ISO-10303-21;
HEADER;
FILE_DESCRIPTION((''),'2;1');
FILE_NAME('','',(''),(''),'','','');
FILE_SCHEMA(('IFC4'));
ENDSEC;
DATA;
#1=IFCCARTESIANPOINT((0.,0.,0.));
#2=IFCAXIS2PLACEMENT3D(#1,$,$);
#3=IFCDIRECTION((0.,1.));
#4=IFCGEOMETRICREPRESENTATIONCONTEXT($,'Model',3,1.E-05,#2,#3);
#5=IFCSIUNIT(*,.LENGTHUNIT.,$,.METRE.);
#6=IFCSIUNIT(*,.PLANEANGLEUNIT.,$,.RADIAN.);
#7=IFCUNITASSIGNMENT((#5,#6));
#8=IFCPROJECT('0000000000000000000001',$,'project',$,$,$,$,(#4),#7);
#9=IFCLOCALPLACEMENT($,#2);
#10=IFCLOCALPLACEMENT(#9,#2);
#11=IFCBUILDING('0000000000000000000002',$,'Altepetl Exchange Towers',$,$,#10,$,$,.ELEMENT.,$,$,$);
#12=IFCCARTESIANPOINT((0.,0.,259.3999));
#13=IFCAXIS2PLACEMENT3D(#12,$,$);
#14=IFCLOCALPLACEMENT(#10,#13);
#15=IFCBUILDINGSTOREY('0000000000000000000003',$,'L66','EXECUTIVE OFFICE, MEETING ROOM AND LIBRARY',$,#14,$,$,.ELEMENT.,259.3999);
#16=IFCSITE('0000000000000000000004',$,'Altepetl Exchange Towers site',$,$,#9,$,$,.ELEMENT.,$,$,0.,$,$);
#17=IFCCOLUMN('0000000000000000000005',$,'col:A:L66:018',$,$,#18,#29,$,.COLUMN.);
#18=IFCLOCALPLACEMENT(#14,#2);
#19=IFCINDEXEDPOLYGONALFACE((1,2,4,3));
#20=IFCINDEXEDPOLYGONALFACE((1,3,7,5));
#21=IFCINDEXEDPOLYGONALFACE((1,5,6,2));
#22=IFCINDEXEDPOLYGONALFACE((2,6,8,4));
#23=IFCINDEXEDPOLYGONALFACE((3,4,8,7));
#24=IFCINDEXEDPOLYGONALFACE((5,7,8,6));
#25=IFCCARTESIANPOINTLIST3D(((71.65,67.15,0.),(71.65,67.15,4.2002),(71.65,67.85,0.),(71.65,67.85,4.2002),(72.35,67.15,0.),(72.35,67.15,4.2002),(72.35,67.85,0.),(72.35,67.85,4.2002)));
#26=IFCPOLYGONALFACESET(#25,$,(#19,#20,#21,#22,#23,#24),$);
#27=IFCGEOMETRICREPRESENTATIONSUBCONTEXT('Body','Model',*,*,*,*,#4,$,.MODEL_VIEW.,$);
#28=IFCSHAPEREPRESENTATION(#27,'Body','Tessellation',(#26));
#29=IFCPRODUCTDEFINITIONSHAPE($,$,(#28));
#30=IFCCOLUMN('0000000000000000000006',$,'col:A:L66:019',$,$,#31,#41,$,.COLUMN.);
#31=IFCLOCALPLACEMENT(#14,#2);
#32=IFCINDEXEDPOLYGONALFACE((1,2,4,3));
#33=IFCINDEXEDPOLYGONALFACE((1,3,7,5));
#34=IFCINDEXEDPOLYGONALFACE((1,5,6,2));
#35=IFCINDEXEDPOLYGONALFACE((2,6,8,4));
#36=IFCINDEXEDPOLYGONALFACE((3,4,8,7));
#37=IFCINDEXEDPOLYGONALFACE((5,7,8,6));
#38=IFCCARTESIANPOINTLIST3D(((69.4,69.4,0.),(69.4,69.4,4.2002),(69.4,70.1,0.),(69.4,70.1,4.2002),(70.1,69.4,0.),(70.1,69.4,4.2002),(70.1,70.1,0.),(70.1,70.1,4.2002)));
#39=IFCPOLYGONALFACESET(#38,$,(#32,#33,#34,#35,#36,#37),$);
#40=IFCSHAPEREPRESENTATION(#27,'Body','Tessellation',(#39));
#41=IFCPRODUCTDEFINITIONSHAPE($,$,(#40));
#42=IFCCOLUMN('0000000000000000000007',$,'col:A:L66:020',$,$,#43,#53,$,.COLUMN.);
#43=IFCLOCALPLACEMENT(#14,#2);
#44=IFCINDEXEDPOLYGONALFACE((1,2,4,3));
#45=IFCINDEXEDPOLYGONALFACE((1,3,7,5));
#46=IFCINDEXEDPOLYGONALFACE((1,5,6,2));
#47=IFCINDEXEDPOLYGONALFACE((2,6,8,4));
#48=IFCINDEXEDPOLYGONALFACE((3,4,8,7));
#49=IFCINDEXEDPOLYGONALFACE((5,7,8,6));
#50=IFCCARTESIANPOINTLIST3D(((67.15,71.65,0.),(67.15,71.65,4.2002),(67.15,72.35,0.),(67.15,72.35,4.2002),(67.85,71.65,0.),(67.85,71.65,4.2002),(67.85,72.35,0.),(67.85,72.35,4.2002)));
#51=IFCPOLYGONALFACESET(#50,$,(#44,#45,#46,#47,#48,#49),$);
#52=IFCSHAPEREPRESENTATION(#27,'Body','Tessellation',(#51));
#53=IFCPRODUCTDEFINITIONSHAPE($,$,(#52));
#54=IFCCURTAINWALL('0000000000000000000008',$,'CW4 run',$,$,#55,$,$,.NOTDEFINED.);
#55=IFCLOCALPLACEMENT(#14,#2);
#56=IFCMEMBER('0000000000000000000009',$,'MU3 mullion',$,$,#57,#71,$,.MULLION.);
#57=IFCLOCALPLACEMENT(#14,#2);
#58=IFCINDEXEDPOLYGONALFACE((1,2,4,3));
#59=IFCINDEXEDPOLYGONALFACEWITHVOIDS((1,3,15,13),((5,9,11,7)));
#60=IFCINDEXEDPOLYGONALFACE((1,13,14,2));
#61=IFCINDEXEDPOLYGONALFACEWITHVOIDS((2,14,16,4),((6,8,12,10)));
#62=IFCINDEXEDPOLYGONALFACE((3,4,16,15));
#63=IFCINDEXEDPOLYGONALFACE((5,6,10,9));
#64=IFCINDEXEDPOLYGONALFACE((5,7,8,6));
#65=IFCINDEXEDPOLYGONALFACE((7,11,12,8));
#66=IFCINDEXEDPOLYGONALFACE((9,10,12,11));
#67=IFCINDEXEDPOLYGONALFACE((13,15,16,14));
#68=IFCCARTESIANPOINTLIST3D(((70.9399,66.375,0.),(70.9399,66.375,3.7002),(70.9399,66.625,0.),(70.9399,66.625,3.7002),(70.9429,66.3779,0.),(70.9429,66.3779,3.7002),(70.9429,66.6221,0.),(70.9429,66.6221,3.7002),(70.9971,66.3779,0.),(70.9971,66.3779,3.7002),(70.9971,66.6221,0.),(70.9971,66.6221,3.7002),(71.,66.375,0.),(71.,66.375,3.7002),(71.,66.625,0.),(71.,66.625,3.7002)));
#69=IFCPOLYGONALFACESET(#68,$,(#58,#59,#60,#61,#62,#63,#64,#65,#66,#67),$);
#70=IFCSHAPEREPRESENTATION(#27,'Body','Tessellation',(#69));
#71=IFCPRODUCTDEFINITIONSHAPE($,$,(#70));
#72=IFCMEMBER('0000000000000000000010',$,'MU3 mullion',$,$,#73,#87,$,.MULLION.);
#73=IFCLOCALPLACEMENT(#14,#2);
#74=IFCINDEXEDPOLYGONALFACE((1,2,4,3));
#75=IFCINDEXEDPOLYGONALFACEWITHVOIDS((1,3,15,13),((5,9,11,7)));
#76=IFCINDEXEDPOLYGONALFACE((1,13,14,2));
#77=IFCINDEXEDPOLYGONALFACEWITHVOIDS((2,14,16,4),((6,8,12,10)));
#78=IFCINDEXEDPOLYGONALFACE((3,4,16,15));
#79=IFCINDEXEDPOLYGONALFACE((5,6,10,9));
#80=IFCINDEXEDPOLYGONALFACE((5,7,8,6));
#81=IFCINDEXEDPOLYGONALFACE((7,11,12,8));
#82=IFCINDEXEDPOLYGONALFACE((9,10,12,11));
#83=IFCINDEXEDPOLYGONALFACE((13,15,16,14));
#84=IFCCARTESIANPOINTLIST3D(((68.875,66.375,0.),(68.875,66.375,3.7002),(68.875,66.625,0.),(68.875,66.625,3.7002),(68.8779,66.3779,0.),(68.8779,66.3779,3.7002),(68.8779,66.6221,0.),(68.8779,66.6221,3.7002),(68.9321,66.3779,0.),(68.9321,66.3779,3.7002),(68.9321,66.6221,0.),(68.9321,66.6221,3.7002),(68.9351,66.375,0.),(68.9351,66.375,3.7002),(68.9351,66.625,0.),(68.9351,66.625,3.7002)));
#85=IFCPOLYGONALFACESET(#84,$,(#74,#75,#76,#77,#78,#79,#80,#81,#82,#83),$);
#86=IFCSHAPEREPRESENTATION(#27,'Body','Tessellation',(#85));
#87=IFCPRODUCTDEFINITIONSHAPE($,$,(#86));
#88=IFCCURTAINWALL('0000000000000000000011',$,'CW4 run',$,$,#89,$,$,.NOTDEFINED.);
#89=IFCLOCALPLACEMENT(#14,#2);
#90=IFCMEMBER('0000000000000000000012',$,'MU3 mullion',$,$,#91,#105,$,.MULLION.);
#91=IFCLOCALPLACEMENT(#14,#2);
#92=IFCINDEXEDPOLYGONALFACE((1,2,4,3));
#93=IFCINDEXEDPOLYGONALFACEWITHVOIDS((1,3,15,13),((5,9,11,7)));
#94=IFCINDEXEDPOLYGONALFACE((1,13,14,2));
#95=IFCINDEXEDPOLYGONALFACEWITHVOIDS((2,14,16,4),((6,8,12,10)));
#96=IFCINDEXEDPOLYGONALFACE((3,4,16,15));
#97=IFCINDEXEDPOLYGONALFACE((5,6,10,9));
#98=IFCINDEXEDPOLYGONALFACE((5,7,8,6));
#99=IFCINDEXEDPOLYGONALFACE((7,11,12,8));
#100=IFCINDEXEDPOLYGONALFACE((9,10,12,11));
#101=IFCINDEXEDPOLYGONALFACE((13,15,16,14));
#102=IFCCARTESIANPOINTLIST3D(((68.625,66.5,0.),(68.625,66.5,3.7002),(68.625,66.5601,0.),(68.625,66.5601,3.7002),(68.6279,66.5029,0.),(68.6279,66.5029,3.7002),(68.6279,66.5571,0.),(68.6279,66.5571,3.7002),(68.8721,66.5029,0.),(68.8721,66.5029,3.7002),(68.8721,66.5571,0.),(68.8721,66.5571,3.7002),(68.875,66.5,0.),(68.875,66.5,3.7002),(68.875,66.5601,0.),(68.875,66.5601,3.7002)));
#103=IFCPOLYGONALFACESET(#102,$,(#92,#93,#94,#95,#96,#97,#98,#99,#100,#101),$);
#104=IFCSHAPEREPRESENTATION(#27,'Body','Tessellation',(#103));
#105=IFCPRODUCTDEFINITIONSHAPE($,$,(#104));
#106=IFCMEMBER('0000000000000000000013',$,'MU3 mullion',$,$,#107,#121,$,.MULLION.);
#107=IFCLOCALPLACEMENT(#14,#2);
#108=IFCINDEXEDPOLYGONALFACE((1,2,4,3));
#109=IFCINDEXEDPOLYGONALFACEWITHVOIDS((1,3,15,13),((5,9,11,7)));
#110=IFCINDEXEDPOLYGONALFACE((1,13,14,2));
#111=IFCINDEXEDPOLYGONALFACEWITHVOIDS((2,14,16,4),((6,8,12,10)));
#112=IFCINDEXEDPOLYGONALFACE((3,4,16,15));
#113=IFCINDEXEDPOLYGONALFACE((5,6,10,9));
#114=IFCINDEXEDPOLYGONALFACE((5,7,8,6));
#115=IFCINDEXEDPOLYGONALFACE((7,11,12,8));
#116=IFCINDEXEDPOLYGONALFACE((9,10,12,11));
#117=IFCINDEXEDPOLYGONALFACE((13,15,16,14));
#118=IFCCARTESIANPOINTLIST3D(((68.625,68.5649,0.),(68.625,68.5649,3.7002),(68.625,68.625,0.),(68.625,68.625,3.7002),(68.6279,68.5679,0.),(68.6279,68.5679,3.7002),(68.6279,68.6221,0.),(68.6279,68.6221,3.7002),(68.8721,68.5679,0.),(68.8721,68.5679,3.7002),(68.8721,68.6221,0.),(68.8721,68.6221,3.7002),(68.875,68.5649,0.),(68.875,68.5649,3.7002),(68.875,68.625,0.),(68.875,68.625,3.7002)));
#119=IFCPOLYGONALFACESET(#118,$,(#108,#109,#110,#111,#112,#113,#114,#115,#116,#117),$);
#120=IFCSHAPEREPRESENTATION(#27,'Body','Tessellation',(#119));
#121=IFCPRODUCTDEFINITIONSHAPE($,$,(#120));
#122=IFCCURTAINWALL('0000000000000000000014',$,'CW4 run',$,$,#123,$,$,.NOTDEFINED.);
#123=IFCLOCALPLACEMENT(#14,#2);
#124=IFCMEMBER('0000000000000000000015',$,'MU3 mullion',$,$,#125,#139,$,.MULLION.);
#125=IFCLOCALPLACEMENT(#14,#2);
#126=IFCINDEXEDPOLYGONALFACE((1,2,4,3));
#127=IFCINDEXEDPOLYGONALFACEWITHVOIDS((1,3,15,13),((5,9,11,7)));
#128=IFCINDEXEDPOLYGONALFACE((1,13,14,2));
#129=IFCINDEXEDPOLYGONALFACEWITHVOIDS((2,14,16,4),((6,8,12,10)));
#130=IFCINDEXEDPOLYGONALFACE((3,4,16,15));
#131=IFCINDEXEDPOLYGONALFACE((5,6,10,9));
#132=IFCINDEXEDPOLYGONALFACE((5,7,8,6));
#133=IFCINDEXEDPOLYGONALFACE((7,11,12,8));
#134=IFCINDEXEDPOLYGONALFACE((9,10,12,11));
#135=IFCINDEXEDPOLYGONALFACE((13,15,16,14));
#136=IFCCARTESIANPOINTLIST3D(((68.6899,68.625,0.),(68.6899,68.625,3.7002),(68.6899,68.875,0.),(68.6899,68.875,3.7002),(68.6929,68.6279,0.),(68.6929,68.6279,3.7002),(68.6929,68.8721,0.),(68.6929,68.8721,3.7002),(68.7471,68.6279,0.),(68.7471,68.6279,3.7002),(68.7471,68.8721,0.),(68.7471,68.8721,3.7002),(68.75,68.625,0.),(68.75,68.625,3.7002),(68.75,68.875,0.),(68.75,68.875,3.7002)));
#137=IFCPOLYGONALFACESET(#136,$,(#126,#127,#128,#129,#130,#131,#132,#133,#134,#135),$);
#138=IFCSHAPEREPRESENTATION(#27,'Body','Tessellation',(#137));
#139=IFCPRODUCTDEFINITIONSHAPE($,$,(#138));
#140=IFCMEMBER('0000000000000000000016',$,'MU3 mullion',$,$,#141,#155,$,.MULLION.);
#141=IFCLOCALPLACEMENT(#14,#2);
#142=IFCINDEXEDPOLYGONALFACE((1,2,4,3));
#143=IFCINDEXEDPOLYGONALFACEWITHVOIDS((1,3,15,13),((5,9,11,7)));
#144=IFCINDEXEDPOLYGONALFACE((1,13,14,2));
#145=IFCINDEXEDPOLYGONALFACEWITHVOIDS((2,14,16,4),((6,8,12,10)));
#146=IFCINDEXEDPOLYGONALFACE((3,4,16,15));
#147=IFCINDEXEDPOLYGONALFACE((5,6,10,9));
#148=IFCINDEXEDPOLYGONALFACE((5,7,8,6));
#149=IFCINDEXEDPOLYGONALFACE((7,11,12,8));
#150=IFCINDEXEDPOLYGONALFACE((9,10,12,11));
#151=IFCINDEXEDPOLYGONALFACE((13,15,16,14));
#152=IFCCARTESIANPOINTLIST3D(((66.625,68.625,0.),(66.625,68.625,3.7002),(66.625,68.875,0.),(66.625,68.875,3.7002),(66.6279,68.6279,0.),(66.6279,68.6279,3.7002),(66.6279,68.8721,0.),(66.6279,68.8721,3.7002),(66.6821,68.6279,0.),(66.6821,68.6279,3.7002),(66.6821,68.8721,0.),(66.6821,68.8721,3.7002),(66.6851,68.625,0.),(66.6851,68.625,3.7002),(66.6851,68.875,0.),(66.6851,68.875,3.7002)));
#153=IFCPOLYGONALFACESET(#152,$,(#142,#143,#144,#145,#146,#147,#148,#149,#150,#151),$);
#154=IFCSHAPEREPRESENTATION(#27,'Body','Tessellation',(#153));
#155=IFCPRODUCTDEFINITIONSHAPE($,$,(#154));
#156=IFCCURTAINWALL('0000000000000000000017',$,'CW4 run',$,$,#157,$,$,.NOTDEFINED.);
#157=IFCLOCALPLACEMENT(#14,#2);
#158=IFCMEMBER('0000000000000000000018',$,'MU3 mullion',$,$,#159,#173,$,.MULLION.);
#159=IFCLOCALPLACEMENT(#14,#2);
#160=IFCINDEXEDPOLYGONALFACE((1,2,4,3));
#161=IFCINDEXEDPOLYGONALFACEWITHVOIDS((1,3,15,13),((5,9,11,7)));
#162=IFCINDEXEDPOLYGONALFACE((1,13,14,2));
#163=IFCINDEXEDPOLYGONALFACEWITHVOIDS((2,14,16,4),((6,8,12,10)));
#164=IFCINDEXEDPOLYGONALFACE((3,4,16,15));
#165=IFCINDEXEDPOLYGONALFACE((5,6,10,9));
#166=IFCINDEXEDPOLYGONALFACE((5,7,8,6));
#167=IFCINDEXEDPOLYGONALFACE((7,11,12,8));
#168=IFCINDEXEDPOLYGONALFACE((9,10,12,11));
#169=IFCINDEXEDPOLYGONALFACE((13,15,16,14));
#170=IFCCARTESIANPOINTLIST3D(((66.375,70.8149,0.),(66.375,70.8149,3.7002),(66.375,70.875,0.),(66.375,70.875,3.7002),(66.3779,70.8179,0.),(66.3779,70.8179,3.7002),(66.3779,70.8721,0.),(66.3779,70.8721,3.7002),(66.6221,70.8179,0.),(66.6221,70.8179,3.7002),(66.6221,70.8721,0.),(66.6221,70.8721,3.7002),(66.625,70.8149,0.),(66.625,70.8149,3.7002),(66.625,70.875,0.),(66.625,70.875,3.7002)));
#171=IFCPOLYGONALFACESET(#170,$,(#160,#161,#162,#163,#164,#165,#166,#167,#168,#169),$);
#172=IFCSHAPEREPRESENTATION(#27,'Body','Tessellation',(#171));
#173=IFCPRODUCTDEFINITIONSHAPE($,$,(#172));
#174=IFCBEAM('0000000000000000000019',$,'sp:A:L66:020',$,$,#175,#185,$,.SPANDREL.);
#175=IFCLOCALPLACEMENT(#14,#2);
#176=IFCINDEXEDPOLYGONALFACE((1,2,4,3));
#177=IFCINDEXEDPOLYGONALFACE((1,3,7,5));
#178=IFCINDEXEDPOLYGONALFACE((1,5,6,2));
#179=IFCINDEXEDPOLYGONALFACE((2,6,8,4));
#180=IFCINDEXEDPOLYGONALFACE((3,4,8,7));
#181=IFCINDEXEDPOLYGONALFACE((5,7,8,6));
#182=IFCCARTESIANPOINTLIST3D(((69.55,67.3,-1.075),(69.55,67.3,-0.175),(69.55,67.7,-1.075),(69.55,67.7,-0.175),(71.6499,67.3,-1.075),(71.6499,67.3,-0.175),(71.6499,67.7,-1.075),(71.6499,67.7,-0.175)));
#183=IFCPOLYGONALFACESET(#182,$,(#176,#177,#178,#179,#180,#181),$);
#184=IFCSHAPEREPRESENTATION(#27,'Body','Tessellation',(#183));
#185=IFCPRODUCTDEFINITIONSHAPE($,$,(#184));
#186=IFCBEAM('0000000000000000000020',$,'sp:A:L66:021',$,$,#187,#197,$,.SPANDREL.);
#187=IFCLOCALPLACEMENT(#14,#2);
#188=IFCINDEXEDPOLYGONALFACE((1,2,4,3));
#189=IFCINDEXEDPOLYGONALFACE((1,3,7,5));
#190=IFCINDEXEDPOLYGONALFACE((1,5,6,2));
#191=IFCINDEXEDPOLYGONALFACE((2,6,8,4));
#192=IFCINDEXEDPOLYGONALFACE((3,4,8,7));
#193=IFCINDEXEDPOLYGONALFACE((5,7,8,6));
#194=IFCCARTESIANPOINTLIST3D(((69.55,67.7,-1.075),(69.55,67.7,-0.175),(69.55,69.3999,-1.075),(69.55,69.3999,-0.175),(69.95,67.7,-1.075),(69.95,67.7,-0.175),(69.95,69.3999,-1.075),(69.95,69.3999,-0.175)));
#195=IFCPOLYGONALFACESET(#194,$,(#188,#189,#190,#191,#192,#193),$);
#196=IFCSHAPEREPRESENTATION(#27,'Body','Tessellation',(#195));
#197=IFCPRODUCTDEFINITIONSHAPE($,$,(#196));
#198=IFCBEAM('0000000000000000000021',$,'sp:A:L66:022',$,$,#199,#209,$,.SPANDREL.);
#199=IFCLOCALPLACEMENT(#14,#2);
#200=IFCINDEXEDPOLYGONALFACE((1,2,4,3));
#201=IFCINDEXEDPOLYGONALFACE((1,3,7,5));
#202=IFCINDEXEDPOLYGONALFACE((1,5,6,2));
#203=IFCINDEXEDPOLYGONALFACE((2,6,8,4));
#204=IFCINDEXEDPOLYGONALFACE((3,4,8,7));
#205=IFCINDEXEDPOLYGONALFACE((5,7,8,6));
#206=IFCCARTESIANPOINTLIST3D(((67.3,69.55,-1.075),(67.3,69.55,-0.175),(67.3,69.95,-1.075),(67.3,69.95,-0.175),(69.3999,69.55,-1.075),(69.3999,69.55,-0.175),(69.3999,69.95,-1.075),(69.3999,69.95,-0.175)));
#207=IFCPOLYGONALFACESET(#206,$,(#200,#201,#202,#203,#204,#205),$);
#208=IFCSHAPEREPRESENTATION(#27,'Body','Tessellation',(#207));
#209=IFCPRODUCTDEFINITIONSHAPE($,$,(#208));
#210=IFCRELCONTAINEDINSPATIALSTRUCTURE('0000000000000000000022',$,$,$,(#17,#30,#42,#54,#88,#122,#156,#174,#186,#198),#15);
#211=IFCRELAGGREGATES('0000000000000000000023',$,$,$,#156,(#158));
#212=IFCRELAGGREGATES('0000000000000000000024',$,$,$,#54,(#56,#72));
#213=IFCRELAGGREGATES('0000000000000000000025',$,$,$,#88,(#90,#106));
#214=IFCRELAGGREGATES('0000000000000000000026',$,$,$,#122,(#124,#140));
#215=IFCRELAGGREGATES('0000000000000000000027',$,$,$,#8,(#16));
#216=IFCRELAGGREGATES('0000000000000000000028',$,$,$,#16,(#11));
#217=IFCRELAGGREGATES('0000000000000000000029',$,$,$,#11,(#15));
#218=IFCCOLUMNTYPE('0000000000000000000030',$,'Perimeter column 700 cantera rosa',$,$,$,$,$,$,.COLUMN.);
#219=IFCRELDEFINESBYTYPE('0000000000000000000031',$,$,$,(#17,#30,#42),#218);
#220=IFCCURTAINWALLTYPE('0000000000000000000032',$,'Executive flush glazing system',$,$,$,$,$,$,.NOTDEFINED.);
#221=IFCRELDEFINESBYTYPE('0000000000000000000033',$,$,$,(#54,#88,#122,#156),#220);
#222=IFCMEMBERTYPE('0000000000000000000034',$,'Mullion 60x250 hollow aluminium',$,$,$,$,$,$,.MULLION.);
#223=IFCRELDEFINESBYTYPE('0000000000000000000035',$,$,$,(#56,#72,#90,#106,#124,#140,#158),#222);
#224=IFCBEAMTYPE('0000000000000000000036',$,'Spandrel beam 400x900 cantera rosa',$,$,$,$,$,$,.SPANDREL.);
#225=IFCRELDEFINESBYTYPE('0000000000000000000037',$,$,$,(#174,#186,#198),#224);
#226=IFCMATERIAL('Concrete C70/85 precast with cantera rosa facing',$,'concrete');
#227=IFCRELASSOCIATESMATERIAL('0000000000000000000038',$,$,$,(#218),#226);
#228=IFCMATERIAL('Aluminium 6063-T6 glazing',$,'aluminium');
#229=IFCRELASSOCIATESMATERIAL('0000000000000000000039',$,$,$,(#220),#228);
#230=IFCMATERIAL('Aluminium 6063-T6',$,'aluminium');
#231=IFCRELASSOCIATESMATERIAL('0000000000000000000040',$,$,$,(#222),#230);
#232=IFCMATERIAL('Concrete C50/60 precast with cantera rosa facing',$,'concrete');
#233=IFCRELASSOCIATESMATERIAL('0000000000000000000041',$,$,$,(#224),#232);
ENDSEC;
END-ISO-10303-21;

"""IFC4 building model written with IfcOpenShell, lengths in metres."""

from ifc_helpers import new_model, si_unit, direction, frame, origin, origin_2d, place, context, subcontext, project, spatial, rectangle, hollow_rectangle, extrude, material, material_profile, profile_set, type_object, element, aggregate, save


model = new_model("IFC4")

# Units and contexts
model_context = context("Model", 3, precision=1e-05, world=origin(), true_north=direction((0.0, 1.0)))
body_context = subcontext(model_context, "Body", "Model", "MODEL_VIEW")
ifc_project = project(units=[si_unit("LENGTHUNIT", "METRE"), si_unit("PLANEANGLEUNIT", "RADIAN")], contexts=[model_context])

# Site, building, storey
site_placement = place(None, origin())
site = spatial("IfcSite", under=ifc_project, at=site_placement, Name="Altepetl Exchange Towers site", CompositionType="ELEMENT", RefElevation=0.0)
building_placement = place(site_placement, origin())
building = spatial("IfcBuilding", under=site, at=building_placement, Name="Altepetl Exchange Towers", CompositionType="ELEMENT")
storey_placement = place(building_placement, frame((0.0, 0.0, 259.3999)))
storey = spatial("IfcBuildingStorey", under=building, at=storey_placement, Name="L66", Description="EXECUTIVE OFFICE, MEETING ROOM AND LIBRARY", CompositionType="ELEMENT", Elevation=259.3999)

# Columns
ifc_material_1 = material(Name="Concrete C70/85 precast with cantera rosa facing", Category="concrete")
ifc_material_profile_1 = material_profile(ifc_material_1, rectangle(XDim=0.7, YDim=0.7, at=origin_2d()), Name="700 x 700")
ifc_profile_set_1 = profile_set([ifc_material_profile_1], Name="Concrete C70/85 precast with cantera rosa facing")
column_type = type_object("IfcColumnType", Name="Perimeter column 700 cantera rosa", PredefinedType="COLUMN", material=ifc_profile_set_1)
for number, where, name in (
    (1, (72.0, 67.5, 0.0), "col:A:L66:018"),
    (2, (69.75, 69.75, 0.0), "col:A:L66:019"),
    (3, (67.5, 72.0, 0.0), "col:A:L66:020"),
):
    element("IfcColumn", number, at=place(storey_placement, frame(where)), inside=storey, type_object=column_type, Name=name, PredefinedType="COLUMN", context=body_context, shape_type="SweptSolid", body=[
        extrude(rectangle(XDim=0.7, YDim=0.7, at=origin_2d()), origin(), (0.0, 0.0, 1.0), 4.2002),
    ])

# Curtain walls, members
ifc_material_2 = material(Name="Aluminium 6063-T6 glazing", Category="aluminium")
curtain_wall_type = type_object("IfcCurtainWallType", Name="Executive flush glazing system", PredefinedType="NOTDEFINED", material=ifc_material_2)
curtain_wall_1_placement = place(storey_placement, origin())
curtain_wall_1 = element("IfcCurtainWall", 4, at=curtain_wall_1_placement, inside=storey, type_object=curtain_wall_type, Name="CW4 run", PredefinedType="NOTDEFINED")
ifc_material_3 = material(Name="Aluminium 6063-T6", Category="aluminium")
ifc_material_profile_2 = material_profile(ifc_material_3, hollow_rectangle(XDim=0.0601, YDim=0.25, WallThickness=0.0029, at=origin_2d()), Name="Mullion 60x250 hollow aluminium")
ifc_profile_set_2 = profile_set([ifc_material_profile_2], Name="Aluminium 6063-T6")
member_type_1 = type_object("IfcMemberType", Name="Mullion 60x250 hollow aluminium", PredefinedType="MULLION", material=ifc_profile_set_2)
member_1_placement = place(storey_placement, frame((70.97, 66.5, 0.0), z_axis=(0.0, 0.0, 1.0), x_axis=(-1.0, 0.0, 0.0)))
member_1 = element("IfcMember", 5, at=member_1_placement, type_object=member_type_1, Name="MU3 mullion", PredefinedType="MULLION", context=body_context, shape_type="SweptSolid", body=[
    extrude(hollow_rectangle(XDim=0.0601, YDim=0.25, WallThickness=0.0029, at=origin_2d()), origin(), (0.0, 0.0, 1.0), 3.7002),
])
member_2_placement = place(storey_placement, frame((68.905, 66.5, 0.0), z_axis=(0.0, 0.0, 1.0), x_axis=(-1.0, 0.0, 0.0)))
member_2 = element("IfcMember", 6, at=member_2_placement, type_object=member_type_1, Name="MU3 mullion", PredefinedType="MULLION", context=body_context, shape_type="SweptSolid", body=[
    extrude(hollow_rectangle(XDim=0.0601, YDim=0.25, WallThickness=0.0029, at=origin_2d()), origin(), (0.0, 0.0, 1.0), 3.7002),
])
curtain_wall_2_placement = place(storey_placement, origin())
curtain_wall_2 = element("IfcCurtainWall", 7, at=curtain_wall_2_placement, inside=storey, type_object=curtain_wall_type, Name="CW4 run", PredefinedType="NOTDEFINED")
member_3_placement = place(storey_placement, frame((68.75, 66.53, 0.0), z_axis=(0.0, 0.0, 1.0), x_axis=(0.0, 1.0, 0.0)))
member_3 = element("IfcMember", 8, at=member_3_placement, type_object=member_type_1, Name="MU3 mullion", PredefinedType="MULLION", context=body_context, shape_type="SweptSolid", body=[
    extrude(hollow_rectangle(XDim=0.0601, YDim=0.25, WallThickness=0.0029, at=origin_2d()), origin(), (0.0, 0.0, 1.0), 3.7002),
])
member_4_placement = place(storey_placement, frame((68.75, 68.595, 0.0), z_axis=(0.0, 0.0, 1.0), x_axis=(0.0, 1.0, 0.0)))
member_4 = element("IfcMember", 9, at=member_4_placement, type_object=member_type_1, Name="MU3 mullion", PredefinedType="MULLION", context=body_context, shape_type="SweptSolid", body=[
    extrude(hollow_rectangle(XDim=0.0601, YDim=0.25, WallThickness=0.0029, at=origin_2d()), origin(), (0.0, 0.0, 1.0), 3.7002),
])
curtain_wall_3_placement = place(storey_placement, origin())
curtain_wall_3 = element("IfcCurtainWall", 10, at=curtain_wall_3_placement, inside=storey, type_object=curtain_wall_type, Name="CW4 run", PredefinedType="NOTDEFINED")
member_5_placement = place(storey_placement, frame((68.72, 68.75, 0.0), z_axis=(0.0, 0.0, 1.0), x_axis=(-1.0, 0.0, 0.0)))
member_5 = element("IfcMember", 11, at=member_5_placement, type_object=member_type_1, Name="MU3 mullion", PredefinedType="MULLION", context=body_context, shape_type="SweptSolid", body=[
    extrude(hollow_rectangle(XDim=0.0601, YDim=0.25, WallThickness=0.0029, at=origin_2d()), origin(), (0.0, 0.0, 1.0), 3.7002),
])
member_6_placement = place(storey_placement, frame((66.655, 68.75, 0.0), z_axis=(0.0, 0.0, 1.0), x_axis=(-1.0, 0.0, 0.0)))
member_6 = element("IfcMember", 12, at=member_6_placement, type_object=member_type_1, Name="MU3 mullion", PredefinedType="MULLION", context=body_context, shape_type="SweptSolid", body=[
    extrude(hollow_rectangle(XDim=0.0601, YDim=0.25, WallThickness=0.0029, at=origin_2d()), origin(), (0.0, 0.0, 1.0), 3.7002),
])

# Curtain wall, member
curtain_wall_4_placement = place(storey_placement, origin())
curtain_wall_4 = element("IfcCurtainWall", 13, at=curtain_wall_4_placement, inside=storey, type_object=curtain_wall_type, Name="CW4 run", PredefinedType="NOTDEFINED")
member_7_placement = place(storey_placement, frame((66.5, 70.845, 0.0), z_axis=(0.0, 0.0, 1.0), x_axis=(0.0, 1.0, 0.0)))
member_7 = element("IfcMember", 14, at=member_7_placement, type_object=member_type_1, Name="MU3 mullion", PredefinedType="MULLION", context=body_context, shape_type="SweptSolid", body=[
    extrude(hollow_rectangle(XDim=0.0601, YDim=0.25, WallThickness=0.0029, at=origin_2d()), origin(), (0.0, 0.0, 1.0), 3.7002),
])
aggregate(curtain_wall_4, [member_7])

# Beams
ifc_material_4 = material(Name="Concrete C50/60 precast with cantera rosa facing", Category="concrete")
ifc_material_profile_3 = material_profile(ifc_material_4, rectangle(XDim=0.3999, YDim=0.8999, at=origin_2d()), Name="400 x 900")
ifc_profile_set_3 = profile_set([ifc_material_profile_3], Name="Concrete C50/60 precast with cantera rosa facing")
beam_type = type_object("IfcBeamType", Name="Spandrel beam 400x900 cantera rosa", PredefinedType="SPANDREL", material=ifc_profile_set_3)
beam_1_placement = place(storey_placement, frame((71.6499, 67.5, -0.625), z_axis=(-1.0, 0.0, 0.0), x_axis=(0.0, -1.0, 0.0)))
element("IfcBeam", 15, at=beam_1_placement, inside=storey, type_object=beam_type, Name="sp:A:L66:020", PredefinedType="SPANDREL", context=body_context, shape_type="SweptSolid", body=[
    extrude(rectangle(XDim=0.3999, YDim=0.8999, at=origin_2d()), origin(), (0.0, 0.0, 1.0), 2.0999),
])
beam_2_placement = place(storey_placement, frame((69.75, 67.7, -0.625), z_axis=(0.0, 1.0, 0.0), x_axis=(-1.0, 0.0, 0.0)))
element("IfcBeam", 16, at=beam_2_placement, inside=storey, type_object=beam_type, Name="sp:A:L66:021", PredefinedType="SPANDREL", context=body_context, shape_type="SweptSolid", body=[
    extrude(rectangle(XDim=0.3999, YDim=0.8999, at=origin_2d()), origin(), (0.0, 0.0, 1.0), 1.7),
])
beam_3_placement = place(storey_placement, frame((69.3999, 69.75, -0.625), z_axis=(-1.0, 0.0, 0.0), x_axis=(0.0, -1.0, 0.0)))
element("IfcBeam", 17, at=beam_3_placement, inside=storey, type_object=beam_type, Name="sp:A:L66:022", PredefinedType="SPANDREL", context=body_context, shape_type="SweptSolid", body=[
    extrude(rectangle(XDim=0.3999, YDim=0.8999, at=origin_2d()), origin(), (0.0, 0.0, 1.0), 2.0999),
])

aggregate(curtain_wall_1, [member_1, member_2])
aggregate(curtain_wall_2, [member_3, member_4])
aggregate(curtain_wall_3, [member_5, member_6])

save(model, "model.ifc")
